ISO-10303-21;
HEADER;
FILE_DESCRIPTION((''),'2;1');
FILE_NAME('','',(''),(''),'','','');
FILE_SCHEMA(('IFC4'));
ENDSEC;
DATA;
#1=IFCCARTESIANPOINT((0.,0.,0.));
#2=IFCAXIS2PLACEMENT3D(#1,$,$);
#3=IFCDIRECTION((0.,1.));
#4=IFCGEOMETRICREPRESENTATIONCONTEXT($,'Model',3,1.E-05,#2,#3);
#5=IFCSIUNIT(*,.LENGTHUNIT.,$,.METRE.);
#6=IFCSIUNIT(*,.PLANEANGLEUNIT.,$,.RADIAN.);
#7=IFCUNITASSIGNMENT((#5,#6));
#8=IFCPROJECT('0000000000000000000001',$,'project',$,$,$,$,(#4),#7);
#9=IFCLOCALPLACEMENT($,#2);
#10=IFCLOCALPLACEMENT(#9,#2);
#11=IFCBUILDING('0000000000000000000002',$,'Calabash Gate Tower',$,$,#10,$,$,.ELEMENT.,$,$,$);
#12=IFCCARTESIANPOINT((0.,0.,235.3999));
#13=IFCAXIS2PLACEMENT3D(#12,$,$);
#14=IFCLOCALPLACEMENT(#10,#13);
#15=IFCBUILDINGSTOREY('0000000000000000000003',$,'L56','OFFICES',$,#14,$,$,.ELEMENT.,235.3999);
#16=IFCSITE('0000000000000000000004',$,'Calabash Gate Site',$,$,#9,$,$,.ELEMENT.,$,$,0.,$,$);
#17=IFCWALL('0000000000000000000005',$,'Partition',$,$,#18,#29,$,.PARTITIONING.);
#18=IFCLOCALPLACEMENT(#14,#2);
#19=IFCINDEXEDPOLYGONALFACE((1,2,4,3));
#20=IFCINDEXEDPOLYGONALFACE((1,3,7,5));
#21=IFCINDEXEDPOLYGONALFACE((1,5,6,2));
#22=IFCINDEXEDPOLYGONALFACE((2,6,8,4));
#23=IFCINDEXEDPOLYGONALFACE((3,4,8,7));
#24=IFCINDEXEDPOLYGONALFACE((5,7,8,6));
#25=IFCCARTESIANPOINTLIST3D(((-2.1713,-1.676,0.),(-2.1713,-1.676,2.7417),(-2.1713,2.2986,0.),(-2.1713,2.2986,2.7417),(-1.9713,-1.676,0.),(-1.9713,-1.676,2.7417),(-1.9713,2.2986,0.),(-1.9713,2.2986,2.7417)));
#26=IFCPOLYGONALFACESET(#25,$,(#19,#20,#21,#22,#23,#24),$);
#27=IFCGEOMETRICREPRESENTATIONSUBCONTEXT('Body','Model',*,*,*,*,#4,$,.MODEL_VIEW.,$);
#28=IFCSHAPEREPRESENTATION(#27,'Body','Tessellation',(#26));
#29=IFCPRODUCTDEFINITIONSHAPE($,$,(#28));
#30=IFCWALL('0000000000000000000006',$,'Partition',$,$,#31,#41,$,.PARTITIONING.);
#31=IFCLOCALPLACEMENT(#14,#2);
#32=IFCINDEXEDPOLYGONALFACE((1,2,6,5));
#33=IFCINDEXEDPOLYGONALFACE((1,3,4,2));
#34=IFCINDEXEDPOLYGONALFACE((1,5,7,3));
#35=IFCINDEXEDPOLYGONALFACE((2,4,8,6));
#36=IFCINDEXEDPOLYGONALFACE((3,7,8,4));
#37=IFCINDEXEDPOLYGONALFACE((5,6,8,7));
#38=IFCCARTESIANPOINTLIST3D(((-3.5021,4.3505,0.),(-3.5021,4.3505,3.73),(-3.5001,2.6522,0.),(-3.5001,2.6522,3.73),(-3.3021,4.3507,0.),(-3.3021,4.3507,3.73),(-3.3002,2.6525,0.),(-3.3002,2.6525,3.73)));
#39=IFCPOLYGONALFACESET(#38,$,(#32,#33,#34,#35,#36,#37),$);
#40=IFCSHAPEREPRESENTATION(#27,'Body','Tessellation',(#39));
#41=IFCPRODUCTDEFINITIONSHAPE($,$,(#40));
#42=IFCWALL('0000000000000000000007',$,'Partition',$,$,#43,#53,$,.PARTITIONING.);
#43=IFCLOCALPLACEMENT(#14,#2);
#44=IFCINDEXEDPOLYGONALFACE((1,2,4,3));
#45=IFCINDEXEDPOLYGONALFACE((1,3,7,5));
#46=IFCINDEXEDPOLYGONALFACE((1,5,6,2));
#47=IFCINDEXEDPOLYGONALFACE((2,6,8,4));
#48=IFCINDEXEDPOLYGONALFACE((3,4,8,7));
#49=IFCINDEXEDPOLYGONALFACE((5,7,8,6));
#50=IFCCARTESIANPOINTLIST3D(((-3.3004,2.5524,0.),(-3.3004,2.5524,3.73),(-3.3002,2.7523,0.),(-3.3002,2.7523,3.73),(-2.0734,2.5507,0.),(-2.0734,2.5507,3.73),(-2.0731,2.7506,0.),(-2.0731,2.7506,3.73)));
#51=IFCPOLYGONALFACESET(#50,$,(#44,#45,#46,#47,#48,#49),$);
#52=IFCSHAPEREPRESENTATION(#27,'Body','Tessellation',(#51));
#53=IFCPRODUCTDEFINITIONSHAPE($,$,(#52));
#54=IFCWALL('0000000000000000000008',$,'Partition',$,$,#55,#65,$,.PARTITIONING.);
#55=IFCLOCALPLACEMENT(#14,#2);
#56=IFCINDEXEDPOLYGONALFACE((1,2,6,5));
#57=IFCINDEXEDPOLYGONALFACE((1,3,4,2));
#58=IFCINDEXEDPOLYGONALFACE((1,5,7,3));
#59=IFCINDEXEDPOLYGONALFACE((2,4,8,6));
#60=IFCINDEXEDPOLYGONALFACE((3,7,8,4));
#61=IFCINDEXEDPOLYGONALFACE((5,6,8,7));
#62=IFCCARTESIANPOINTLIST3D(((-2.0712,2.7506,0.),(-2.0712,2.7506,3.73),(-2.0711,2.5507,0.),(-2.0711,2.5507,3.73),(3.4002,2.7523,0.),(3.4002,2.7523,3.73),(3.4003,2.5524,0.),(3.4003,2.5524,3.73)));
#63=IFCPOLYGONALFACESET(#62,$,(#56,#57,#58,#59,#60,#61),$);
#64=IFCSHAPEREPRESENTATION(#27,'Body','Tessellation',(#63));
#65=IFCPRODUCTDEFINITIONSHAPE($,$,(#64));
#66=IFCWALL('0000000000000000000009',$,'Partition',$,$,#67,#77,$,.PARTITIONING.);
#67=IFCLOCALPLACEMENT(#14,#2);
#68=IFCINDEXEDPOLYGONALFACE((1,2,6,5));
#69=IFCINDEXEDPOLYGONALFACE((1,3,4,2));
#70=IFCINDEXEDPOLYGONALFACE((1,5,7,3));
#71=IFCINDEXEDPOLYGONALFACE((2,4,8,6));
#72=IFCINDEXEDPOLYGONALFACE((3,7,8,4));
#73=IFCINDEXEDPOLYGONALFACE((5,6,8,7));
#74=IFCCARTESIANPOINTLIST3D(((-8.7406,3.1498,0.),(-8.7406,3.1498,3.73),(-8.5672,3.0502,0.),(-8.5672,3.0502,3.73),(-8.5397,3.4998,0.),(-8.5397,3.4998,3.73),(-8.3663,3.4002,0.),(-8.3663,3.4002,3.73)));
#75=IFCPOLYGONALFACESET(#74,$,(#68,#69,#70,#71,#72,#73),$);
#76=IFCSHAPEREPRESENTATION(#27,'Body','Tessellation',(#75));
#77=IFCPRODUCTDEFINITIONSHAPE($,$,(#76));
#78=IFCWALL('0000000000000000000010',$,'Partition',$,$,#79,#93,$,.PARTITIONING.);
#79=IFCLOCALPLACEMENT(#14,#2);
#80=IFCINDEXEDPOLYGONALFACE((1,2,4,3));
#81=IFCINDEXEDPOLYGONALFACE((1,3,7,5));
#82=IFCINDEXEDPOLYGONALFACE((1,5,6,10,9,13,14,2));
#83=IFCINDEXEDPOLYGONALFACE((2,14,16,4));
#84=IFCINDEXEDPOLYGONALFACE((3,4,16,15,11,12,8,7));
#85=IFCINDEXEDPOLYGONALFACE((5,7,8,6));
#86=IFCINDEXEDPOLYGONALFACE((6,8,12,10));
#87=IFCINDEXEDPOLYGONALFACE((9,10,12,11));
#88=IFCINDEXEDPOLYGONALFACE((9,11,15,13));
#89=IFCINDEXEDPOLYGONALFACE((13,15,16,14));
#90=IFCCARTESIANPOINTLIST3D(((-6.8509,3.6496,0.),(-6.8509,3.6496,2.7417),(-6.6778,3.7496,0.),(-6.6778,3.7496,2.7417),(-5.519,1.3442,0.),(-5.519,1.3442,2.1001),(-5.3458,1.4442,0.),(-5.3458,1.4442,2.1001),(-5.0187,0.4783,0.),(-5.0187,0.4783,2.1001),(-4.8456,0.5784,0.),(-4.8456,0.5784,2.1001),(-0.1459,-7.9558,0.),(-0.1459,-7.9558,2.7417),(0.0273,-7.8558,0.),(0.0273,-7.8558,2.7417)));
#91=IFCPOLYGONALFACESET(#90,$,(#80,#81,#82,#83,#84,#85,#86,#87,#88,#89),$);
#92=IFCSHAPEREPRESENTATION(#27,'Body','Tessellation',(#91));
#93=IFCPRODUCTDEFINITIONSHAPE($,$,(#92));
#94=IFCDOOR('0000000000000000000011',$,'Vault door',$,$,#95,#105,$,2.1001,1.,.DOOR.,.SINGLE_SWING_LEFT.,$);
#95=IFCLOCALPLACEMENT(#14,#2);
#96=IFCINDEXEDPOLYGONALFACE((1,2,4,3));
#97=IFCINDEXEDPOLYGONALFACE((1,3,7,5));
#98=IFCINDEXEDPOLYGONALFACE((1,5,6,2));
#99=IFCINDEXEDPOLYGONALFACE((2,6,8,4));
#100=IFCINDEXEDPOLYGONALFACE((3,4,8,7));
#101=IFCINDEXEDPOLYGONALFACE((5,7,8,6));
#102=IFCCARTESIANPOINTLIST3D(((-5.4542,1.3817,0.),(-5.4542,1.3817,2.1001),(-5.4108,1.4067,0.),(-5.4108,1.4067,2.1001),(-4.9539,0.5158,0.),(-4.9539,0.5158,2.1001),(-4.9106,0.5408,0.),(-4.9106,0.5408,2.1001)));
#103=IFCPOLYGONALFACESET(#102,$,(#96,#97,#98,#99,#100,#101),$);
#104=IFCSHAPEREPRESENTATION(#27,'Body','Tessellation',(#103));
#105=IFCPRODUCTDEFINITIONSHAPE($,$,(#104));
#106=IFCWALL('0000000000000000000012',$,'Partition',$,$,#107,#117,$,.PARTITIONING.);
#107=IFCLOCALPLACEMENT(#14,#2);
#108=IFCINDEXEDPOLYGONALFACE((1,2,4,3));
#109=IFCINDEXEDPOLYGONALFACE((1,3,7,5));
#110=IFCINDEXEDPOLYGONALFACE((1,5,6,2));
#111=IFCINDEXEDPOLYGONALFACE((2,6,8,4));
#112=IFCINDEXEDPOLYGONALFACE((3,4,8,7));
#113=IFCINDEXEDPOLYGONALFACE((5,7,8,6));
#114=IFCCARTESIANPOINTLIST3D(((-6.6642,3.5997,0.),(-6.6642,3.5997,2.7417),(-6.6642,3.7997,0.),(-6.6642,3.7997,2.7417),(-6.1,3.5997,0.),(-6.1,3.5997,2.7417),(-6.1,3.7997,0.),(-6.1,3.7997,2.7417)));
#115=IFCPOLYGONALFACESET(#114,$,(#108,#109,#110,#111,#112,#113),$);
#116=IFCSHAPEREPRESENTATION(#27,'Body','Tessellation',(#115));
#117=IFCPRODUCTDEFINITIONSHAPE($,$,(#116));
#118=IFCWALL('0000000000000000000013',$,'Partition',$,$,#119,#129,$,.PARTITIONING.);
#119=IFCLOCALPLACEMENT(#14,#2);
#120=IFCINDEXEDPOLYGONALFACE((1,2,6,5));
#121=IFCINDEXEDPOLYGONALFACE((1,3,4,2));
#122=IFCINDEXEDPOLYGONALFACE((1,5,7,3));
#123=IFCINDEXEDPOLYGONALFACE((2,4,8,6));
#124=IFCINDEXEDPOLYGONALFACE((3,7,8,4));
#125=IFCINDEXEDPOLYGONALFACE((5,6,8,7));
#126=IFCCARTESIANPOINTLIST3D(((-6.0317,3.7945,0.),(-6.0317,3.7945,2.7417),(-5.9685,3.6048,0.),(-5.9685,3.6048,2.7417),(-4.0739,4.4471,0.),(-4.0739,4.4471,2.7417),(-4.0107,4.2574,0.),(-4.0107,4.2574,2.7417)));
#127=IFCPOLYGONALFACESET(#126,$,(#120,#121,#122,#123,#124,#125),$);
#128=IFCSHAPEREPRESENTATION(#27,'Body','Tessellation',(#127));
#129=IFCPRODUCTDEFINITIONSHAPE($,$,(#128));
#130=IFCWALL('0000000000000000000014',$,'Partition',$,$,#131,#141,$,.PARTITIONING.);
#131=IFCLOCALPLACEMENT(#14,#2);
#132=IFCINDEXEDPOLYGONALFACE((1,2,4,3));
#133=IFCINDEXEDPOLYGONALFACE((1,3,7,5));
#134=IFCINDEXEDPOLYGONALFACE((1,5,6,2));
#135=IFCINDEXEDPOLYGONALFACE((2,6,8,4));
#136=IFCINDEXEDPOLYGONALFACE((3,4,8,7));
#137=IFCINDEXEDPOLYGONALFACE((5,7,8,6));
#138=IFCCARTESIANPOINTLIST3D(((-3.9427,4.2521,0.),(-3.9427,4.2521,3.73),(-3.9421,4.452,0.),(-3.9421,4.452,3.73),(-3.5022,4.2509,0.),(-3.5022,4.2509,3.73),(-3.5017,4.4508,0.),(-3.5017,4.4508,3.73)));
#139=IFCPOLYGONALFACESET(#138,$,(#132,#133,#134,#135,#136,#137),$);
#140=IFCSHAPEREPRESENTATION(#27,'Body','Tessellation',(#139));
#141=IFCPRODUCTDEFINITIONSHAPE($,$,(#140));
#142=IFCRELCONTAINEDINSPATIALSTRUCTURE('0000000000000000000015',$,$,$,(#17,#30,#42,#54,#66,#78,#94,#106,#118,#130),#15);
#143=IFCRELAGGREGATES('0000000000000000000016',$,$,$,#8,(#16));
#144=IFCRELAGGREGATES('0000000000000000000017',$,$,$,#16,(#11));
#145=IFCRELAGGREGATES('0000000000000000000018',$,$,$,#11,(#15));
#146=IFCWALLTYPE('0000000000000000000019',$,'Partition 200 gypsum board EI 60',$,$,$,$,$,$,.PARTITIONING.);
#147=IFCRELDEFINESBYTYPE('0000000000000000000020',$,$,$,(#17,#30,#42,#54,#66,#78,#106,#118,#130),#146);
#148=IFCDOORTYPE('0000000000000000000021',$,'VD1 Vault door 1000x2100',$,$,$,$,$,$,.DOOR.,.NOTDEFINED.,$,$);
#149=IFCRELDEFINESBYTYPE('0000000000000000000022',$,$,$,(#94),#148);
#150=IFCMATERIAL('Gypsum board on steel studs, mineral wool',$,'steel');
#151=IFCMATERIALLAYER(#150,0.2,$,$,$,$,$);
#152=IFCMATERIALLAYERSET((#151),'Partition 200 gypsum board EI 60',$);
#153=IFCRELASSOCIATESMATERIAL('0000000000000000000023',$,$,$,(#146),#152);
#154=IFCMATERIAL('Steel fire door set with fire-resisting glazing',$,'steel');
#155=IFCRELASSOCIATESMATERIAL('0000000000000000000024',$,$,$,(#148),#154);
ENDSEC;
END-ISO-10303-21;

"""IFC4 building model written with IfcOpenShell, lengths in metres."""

from ifc_helpers import new_model, si_unit, direction, frame, frame_2d, origin, place, context, subcontext, project, spatial, rectangle, extrude, material, layer, layer_set, type_object, element, fill, save


model = new_model("IFC4")

# Units and contexts
model_context = context("Model", 3, precision=1e-05, world=origin(), true_north=direction((0.0, 1.0)))
body_context = subcontext(model_context, "Body", "Model", "MODEL_VIEW")
ifc_project = project(units=[si_unit("LENGTHUNIT", "METRE"), si_unit("PLANEANGLEUNIT", "RADIAN")], contexts=[model_context])

# Site, building, storey
site_placement = place(None, origin())
site = spatial("IfcSite", under=ifc_project, at=site_placement, Name="Calabash Gate Site", CompositionType="ELEMENT", RefElevation=0.0)
building_placement = place(site_placement, origin())
building = spatial("IfcBuilding", under=site, at=building_placement, Name="Calabash Gate Tower", CompositionType="ELEMENT")
storey_placement = place(building_placement, frame((0.0, 0.0, 235.3999)))
storey = spatial("IfcBuildingStorey", under=building, at=storey_placement, Name="L56", Description="OFFICES", CompositionType="ELEMENT", Elevation=235.3999)

# Shared definitions
ifc_material_1 = material(Name="Gypsum board on steel studs, mineral wool", Category="steel")
ifc_layer_1 = layer(ifc_material_1, 0.2)
ifc_layer_set_1 = layer_set([ifc_layer_1], Name="Partition 200 gypsum board EI 60")
wall_type_1 = type_object("IfcWallType", Name="Partition 200 gypsum board EI 60", PredefinedType="PARTITIONING", material=ifc_layer_set_1)

# Walls
wall_1_placement = place(storey_placement, frame((-2.0713, -1.676, 0.0), z_axis=(0.0, 0.0, 1.0), x_axis=(0.0, 1.0, 0.0)))
element("IfcWall", 1, at=wall_1_placement, inside=storey, type_object=wall_type_1, Name="Partition", PredefinedType="PARTITIONING", context=body_context, shape_type="SweptSolid", body=[
    extrude(rectangle(XDim=3.9746, YDim=0.2, at=frame_2d((1.9873, 0.0))), origin(), (0.0, 0.0, 1.0), 2.7417),
])
wall_2_placement = place(storey_placement, frame((-3.4021, 4.3506, 0.0), z_axis=(0.0, 0.0, 1.0), x_axis=(0.00115, -0.999999, 0.0)))
element("IfcWall", 2, at=wall_2_placement, inside=storey, type_object=wall_type_1, Name="Partition", PredefinedType="PARTITIONING", context=body_context, shape_type="SweptSolid", body=[
    extrude(rectangle(XDim=1.6982, YDim=0.2, at=frame_2d((0.8491, 0.0))), origin(), (0.0, 0.0, 1.0), 3.73),
])
wall_3_placement = place(storey_placement, frame((-3.3003, 2.6523, 0.0), z_axis=(0.0, 0.0, 1.0), x_axis=(0.999999, -0.001393, 0.0)))
element("IfcWall", 3, at=wall_3_placement, inside=storey, type_object=wall_type_1, Name="Partition", PredefinedType="PARTITIONING", context=body_context, shape_type="SweptSolid", body=[
    extrude(rectangle(XDim=1.2271, YDim=0.2, at=frame_2d((0.6135, 0.0))), origin(), (0.0, 0.0, 1.0), 3.73),
])
wall_4_placement = place(storey_placement, frame((-2.0713, 2.6506, 0.0), z_axis=(0.0, 0.0, 1.0), x_axis=(1.0, 0.000312, 0.0)))
element("IfcWall", 4, at=wall_4_placement, inside=storey, type_object=wall_type_1, Name="Partition", PredefinedType="PARTITIONING", context=body_context, shape_type="SweptSolid", body=[
    extrude(rectangle(XDim=5.4714, YDim=0.2, at=frame_2d((2.7358, 0.0))), origin(), (0.0, 0.0, 1.0), 3.73),
])
wall_5_placement = place(storey_placement, frame((-8.6538, 3.1001, 0.0), z_axis=(0.0, 0.0, 1.0), x_axis=(0.497766, 0.867311, 0.0)))
element("IfcWall", 5, at=wall_5_placement, inside=storey, type_object=wall_type_1, Name="Partition", PredefinedType="PARTITIONING", context=body_context, shape_type="SweptSolid", body=[
    extrude(rectangle(XDim=0.4036, YDim=0.2, at=frame_2d((0.2017, 0.0))), origin(), (0.0, 0.0, 1.0), 3.73),
])

# Wall, opening, door
wall_6_placement = place(storey_placement, frame((-6.7644, 3.6997, 0.0), z_axis=(0.0, 0.0, 1.0), x_axis=(0.500261, -0.865875, 0.0)))
wall_6 = element("IfcWall", 6, at=wall_6_placement, inside=storey, type_object=wall_type_1, Name="Partition", PredefinedType="PARTITIONING", context=body_context, shape_type="SweptSolid", body=[
    extrude(rectangle(XDim=13.4031, YDim=0.2, at=frame_2d((6.7017, 0.0))), origin(), (0.0, 0.0, 1.0), 2.7417),
])
opening_1_placement = place(wall_6_placement, frame((2.6626, 0.0, 0.0)))
opening_1 = element("IfcOpeningElement", 7, at=opening_1_placement, cuts=wall_6, PredefinedType="OPENING", context=body_context, shape_type="SweptSolid", body=[
    extrude(rectangle(XDim=1.0, YDim=2.1001, at=frame_2d((0.5, 1.05))), frame((0.0, 0.1099, 0.0), z_axis=(0.0, -1.0, 0.0), x_axis=(1.0, 0.0, 0.0)), (0.0, 0.0, 1.0), 0.22),
])
ifc_material_2 = material(Name="Steel fire door set with fire-resisting glazing", Category="steel")
door_type_1 = type_object("IfcDoorType", Name="VD1 Vault door 1000x2100", OperationType="NOTDEFINED", PredefinedType="DOOR", material=ifc_material_2)
door_1_placement = place(opening_1_placement, origin())
door_1 = element("IfcDoor", 8, at=door_1_placement, inside=storey, type_object=door_type_1, Name="Vault door", OperationType="SINGLE_SWING_LEFT", OverallHeight=2.1001, OverallWidth=1.0, PredefinedType="DOOR", context=body_context, shape_type="SweptSolid", body=[
    extrude(rectangle(XDim=1.0, YDim=2.1001, at=frame_2d((0.5, 1.05))), frame((0.0, 0.0249, 0.0), z_axis=(0.0, -1.0, 0.0), x_axis=(1.0, 0.0, 0.0)), (0.0, 0.0, 1.0), 0.05),
])
fill(opening_1, door_1)

# Walls
wall_7_placement = place(storey_placement, frame((-6.6643, 3.6997, 0.0), z_axis=(0.0, 0.0, 1.0), x_axis=(1.0, 0.0, 0.0)))
element("IfcWall", 9, at=wall_7_placement, inside=storey, type_object=wall_type_1, Name="Partition", PredefinedType="PARTITIONING", context=body_context, shape_type="SweptSolid", body=[
    extrude(rectangle(XDim=0.5642, YDim=0.2, at=frame_2d((0.2822, 0.0))), origin(), (0.0, 0.0, 1.0), 2.7417),
])
wall_8_placement = place(storey_placement, frame((-6.0, 3.6997, 0.0), z_axis=(0.0, 0.0, 1.0), x_axis=(0.948683, 0.316228, 0.0)))
element("IfcWall", 10, at=wall_8_placement, inside=storey, type_object=wall_type_1, Name="Partition", PredefinedType="PARTITIONING", context=body_context, shape_type="SweptSolid", body=[
    extrude(rectangle(XDim=2.0637, YDim=0.2, at=frame_2d((1.0317, 0.0))), origin(), (0.0, 0.0, 1.0), 2.7417),
])
wall_9_placement = place(storey_placement, frame((-3.9424, 4.3521, 0.0), z_axis=(0.0, 0.0, 1.0), x_axis=(0.999996, -0.002772, 0.0)))
element("IfcWall", 11, at=wall_9_placement, inside=storey, type_object=wall_type_1, Name="Partition", PredefinedType="PARTITIONING", context=body_context, shape_type="SweptSolid", body=[
    extrude(rectangle(XDim=0.4404, YDim=0.2, at=frame_2d((0.2202, 0.0))), origin(), (0.0, 0.0, 1.0), 3.73),
])

save(model, "model.ifc")
